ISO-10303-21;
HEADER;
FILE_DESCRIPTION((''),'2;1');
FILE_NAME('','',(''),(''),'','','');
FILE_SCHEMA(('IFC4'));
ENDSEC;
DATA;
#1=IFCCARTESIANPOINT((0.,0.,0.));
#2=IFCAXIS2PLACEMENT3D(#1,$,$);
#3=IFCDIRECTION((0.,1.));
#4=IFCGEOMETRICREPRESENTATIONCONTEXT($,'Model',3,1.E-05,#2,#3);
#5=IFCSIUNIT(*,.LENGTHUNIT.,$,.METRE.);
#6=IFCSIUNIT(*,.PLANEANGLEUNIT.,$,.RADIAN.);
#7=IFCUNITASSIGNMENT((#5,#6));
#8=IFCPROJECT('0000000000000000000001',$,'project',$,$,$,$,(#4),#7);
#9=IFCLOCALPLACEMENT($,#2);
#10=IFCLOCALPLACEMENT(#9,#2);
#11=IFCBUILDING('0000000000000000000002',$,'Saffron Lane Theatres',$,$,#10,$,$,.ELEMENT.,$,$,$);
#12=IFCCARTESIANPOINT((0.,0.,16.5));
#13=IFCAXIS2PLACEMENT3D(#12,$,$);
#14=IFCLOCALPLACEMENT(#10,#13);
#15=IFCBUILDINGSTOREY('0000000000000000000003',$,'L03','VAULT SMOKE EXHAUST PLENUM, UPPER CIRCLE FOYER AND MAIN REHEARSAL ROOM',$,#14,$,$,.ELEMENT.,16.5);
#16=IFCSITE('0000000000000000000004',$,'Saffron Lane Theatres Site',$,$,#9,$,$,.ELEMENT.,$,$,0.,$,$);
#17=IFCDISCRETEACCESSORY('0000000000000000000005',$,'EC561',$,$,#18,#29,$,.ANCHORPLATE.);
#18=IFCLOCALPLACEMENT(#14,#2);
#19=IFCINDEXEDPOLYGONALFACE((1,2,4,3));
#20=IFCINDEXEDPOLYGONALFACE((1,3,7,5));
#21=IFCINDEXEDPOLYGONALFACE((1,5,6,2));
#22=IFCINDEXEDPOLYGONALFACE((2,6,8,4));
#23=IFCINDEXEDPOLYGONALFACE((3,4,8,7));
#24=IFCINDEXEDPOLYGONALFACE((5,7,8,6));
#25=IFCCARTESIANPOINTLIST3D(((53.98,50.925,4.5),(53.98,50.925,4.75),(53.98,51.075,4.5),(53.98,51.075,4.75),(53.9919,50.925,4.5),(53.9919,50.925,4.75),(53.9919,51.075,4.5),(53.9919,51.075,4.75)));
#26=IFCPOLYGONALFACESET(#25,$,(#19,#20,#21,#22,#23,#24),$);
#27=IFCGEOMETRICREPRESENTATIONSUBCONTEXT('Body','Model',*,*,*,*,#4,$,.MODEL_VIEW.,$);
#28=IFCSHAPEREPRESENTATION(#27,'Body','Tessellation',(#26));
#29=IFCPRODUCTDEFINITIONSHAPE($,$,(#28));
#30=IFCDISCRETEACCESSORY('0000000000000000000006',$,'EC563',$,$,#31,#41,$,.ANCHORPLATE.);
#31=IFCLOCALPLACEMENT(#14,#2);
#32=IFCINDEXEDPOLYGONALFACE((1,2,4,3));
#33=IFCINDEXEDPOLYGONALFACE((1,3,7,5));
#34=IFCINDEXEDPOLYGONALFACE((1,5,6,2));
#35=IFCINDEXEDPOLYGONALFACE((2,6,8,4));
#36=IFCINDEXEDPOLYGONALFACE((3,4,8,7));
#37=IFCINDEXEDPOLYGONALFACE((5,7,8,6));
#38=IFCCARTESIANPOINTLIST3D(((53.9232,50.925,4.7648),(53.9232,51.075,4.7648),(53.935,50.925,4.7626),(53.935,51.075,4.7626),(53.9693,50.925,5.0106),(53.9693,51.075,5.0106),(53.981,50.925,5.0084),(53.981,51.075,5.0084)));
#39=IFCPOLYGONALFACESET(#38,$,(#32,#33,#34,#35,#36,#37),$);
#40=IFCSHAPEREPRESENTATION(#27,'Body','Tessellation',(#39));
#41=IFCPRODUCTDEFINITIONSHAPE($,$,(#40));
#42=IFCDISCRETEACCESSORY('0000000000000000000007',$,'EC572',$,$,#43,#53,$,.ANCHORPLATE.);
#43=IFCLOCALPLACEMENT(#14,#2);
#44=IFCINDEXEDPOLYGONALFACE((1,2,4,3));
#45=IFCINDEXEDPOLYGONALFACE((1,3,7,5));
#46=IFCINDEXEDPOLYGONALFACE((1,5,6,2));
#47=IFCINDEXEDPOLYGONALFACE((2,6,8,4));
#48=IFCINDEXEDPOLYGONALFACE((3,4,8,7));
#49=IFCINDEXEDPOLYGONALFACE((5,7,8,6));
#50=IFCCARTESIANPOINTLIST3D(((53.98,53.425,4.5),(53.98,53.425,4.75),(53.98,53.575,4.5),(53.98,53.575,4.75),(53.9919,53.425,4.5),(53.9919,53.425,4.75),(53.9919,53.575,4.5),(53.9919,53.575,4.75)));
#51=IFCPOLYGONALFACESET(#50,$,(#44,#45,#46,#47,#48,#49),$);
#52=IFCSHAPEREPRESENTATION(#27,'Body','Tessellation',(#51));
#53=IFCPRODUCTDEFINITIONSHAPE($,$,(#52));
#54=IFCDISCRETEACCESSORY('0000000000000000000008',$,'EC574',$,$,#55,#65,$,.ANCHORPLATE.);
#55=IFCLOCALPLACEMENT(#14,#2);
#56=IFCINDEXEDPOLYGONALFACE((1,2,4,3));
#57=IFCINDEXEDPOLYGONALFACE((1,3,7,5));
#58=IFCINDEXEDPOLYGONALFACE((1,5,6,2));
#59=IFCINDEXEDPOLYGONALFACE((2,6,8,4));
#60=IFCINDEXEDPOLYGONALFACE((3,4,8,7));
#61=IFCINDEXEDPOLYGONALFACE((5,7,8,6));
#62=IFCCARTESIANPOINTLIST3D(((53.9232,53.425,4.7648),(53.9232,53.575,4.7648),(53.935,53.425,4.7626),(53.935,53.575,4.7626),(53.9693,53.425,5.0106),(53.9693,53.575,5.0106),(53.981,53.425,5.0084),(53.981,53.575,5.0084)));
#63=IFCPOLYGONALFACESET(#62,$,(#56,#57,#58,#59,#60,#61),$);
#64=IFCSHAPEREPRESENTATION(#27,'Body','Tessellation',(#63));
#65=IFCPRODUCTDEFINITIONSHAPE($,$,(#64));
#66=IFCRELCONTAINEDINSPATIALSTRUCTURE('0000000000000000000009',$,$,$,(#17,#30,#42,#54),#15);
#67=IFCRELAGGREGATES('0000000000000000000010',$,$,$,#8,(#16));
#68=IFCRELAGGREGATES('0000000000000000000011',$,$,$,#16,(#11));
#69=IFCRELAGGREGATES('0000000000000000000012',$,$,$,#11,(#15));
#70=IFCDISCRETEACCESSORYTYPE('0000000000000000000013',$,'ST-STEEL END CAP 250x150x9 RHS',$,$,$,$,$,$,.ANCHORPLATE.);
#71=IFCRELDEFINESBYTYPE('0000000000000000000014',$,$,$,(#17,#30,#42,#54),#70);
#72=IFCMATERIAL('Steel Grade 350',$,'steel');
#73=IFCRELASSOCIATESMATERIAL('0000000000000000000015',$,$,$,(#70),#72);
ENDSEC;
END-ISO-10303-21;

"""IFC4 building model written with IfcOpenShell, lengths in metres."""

from ifc_helpers import new_model, si_unit, direction, frame, origin, origin_2d, place, context, subcontext, project, spatial, rectangle, extrude, material, material_profile, profile_set, type_object, element, save


model = new_model("IFC4")

# Units and contexts
model_context = context("Model", 3, precision=1e-05, world=origin(), true_north=direction((0.0, 1.0)))
body_context = subcontext(model_context, "Body", "Model", "MODEL_VIEW")
ifc_project = project(units=[si_unit("LENGTHUNIT", "METRE"), si_unit("PLANEANGLEUNIT", "RADIAN")], contexts=[model_context])

# Site, building, storey
site_placement = place(None, origin())
site = spatial("IfcSite", under=ifc_project, at=site_placement, Name="Saffron Lane Theatres Site", CompositionType="ELEMENT", RefElevation=0.0)
building_placement = place(site_placement, origin())
building = spatial("IfcBuilding", under=site, at=building_placement, Name="Saffron Lane Theatres", CompositionType="ELEMENT")
storey_placement = place(building_placement, frame((0.0, 0.0, 16.5)))
storey = spatial("IfcBuildingStorey", under=building, at=storey_placement, Name="L03", Description="VAULT SMOKE EXHAUST PLENUM, UPPER CIRCLE FOYER AND MAIN REHEARSAL ROOM", CompositionType="ELEMENT", Elevation=16.5)

# Discrete accessories
ifc_material_1 = material(Name="Steel Grade 350", Category="steel")
ifc_material_profile_1 = material_profile(ifc_material_1, rectangle(XDim=0.1499, YDim=0.25, at=origin_2d()))
ifc_profile_set_1 = profile_set([ifc_material_profile_1], Name="Steel Grade 350")
discrete_accessory_type_1 = type_object("IfcDiscreteAccessoryType", Name="ST-STEEL END CAP 250x150x9 RHS", PredefinedType="ANCHORPLATE", material=ifc_profile_set_1)
for number, where, z_axis, x_axis, name in (
    (1, (53.9919, 51.0, 4.625), (-1.0, 0.0, 0.0), (0.0, -1.0, 0.0), "EC561"),
    (2, (53.958, 51.0, 4.8855), (-0.982872, 0.0, 0.184289), (0.0, -1.0, 0.0), "EC563"),
    (3, (53.9919, 53.5, 4.625), (-1.0, 0.0, 0.0), (0.0, -1.0, 0.0), "EC572"),
    (4, (53.958, 53.5, 4.8855), (-0.982872, 0.0, 0.184289), (0.0, -1.0, 0.0), "EC574"),
):
    element("IfcDiscreteAccessory", number, at=place(storey_placement, frame(where, z_axis=z_axis, x_axis=x_axis)), inside=storey, type_object=discrete_accessory_type_1, Name=name, PredefinedType="ANCHORPLATE", context=body_context, shape_type="SweptSolid", body=[
        extrude(rectangle(XDim=0.1499, YDim=0.25, at=origin_2d()), origin(), (0.0, 0.0, 1.0), 0.012),
    ])

save(model, "model.ifc")
